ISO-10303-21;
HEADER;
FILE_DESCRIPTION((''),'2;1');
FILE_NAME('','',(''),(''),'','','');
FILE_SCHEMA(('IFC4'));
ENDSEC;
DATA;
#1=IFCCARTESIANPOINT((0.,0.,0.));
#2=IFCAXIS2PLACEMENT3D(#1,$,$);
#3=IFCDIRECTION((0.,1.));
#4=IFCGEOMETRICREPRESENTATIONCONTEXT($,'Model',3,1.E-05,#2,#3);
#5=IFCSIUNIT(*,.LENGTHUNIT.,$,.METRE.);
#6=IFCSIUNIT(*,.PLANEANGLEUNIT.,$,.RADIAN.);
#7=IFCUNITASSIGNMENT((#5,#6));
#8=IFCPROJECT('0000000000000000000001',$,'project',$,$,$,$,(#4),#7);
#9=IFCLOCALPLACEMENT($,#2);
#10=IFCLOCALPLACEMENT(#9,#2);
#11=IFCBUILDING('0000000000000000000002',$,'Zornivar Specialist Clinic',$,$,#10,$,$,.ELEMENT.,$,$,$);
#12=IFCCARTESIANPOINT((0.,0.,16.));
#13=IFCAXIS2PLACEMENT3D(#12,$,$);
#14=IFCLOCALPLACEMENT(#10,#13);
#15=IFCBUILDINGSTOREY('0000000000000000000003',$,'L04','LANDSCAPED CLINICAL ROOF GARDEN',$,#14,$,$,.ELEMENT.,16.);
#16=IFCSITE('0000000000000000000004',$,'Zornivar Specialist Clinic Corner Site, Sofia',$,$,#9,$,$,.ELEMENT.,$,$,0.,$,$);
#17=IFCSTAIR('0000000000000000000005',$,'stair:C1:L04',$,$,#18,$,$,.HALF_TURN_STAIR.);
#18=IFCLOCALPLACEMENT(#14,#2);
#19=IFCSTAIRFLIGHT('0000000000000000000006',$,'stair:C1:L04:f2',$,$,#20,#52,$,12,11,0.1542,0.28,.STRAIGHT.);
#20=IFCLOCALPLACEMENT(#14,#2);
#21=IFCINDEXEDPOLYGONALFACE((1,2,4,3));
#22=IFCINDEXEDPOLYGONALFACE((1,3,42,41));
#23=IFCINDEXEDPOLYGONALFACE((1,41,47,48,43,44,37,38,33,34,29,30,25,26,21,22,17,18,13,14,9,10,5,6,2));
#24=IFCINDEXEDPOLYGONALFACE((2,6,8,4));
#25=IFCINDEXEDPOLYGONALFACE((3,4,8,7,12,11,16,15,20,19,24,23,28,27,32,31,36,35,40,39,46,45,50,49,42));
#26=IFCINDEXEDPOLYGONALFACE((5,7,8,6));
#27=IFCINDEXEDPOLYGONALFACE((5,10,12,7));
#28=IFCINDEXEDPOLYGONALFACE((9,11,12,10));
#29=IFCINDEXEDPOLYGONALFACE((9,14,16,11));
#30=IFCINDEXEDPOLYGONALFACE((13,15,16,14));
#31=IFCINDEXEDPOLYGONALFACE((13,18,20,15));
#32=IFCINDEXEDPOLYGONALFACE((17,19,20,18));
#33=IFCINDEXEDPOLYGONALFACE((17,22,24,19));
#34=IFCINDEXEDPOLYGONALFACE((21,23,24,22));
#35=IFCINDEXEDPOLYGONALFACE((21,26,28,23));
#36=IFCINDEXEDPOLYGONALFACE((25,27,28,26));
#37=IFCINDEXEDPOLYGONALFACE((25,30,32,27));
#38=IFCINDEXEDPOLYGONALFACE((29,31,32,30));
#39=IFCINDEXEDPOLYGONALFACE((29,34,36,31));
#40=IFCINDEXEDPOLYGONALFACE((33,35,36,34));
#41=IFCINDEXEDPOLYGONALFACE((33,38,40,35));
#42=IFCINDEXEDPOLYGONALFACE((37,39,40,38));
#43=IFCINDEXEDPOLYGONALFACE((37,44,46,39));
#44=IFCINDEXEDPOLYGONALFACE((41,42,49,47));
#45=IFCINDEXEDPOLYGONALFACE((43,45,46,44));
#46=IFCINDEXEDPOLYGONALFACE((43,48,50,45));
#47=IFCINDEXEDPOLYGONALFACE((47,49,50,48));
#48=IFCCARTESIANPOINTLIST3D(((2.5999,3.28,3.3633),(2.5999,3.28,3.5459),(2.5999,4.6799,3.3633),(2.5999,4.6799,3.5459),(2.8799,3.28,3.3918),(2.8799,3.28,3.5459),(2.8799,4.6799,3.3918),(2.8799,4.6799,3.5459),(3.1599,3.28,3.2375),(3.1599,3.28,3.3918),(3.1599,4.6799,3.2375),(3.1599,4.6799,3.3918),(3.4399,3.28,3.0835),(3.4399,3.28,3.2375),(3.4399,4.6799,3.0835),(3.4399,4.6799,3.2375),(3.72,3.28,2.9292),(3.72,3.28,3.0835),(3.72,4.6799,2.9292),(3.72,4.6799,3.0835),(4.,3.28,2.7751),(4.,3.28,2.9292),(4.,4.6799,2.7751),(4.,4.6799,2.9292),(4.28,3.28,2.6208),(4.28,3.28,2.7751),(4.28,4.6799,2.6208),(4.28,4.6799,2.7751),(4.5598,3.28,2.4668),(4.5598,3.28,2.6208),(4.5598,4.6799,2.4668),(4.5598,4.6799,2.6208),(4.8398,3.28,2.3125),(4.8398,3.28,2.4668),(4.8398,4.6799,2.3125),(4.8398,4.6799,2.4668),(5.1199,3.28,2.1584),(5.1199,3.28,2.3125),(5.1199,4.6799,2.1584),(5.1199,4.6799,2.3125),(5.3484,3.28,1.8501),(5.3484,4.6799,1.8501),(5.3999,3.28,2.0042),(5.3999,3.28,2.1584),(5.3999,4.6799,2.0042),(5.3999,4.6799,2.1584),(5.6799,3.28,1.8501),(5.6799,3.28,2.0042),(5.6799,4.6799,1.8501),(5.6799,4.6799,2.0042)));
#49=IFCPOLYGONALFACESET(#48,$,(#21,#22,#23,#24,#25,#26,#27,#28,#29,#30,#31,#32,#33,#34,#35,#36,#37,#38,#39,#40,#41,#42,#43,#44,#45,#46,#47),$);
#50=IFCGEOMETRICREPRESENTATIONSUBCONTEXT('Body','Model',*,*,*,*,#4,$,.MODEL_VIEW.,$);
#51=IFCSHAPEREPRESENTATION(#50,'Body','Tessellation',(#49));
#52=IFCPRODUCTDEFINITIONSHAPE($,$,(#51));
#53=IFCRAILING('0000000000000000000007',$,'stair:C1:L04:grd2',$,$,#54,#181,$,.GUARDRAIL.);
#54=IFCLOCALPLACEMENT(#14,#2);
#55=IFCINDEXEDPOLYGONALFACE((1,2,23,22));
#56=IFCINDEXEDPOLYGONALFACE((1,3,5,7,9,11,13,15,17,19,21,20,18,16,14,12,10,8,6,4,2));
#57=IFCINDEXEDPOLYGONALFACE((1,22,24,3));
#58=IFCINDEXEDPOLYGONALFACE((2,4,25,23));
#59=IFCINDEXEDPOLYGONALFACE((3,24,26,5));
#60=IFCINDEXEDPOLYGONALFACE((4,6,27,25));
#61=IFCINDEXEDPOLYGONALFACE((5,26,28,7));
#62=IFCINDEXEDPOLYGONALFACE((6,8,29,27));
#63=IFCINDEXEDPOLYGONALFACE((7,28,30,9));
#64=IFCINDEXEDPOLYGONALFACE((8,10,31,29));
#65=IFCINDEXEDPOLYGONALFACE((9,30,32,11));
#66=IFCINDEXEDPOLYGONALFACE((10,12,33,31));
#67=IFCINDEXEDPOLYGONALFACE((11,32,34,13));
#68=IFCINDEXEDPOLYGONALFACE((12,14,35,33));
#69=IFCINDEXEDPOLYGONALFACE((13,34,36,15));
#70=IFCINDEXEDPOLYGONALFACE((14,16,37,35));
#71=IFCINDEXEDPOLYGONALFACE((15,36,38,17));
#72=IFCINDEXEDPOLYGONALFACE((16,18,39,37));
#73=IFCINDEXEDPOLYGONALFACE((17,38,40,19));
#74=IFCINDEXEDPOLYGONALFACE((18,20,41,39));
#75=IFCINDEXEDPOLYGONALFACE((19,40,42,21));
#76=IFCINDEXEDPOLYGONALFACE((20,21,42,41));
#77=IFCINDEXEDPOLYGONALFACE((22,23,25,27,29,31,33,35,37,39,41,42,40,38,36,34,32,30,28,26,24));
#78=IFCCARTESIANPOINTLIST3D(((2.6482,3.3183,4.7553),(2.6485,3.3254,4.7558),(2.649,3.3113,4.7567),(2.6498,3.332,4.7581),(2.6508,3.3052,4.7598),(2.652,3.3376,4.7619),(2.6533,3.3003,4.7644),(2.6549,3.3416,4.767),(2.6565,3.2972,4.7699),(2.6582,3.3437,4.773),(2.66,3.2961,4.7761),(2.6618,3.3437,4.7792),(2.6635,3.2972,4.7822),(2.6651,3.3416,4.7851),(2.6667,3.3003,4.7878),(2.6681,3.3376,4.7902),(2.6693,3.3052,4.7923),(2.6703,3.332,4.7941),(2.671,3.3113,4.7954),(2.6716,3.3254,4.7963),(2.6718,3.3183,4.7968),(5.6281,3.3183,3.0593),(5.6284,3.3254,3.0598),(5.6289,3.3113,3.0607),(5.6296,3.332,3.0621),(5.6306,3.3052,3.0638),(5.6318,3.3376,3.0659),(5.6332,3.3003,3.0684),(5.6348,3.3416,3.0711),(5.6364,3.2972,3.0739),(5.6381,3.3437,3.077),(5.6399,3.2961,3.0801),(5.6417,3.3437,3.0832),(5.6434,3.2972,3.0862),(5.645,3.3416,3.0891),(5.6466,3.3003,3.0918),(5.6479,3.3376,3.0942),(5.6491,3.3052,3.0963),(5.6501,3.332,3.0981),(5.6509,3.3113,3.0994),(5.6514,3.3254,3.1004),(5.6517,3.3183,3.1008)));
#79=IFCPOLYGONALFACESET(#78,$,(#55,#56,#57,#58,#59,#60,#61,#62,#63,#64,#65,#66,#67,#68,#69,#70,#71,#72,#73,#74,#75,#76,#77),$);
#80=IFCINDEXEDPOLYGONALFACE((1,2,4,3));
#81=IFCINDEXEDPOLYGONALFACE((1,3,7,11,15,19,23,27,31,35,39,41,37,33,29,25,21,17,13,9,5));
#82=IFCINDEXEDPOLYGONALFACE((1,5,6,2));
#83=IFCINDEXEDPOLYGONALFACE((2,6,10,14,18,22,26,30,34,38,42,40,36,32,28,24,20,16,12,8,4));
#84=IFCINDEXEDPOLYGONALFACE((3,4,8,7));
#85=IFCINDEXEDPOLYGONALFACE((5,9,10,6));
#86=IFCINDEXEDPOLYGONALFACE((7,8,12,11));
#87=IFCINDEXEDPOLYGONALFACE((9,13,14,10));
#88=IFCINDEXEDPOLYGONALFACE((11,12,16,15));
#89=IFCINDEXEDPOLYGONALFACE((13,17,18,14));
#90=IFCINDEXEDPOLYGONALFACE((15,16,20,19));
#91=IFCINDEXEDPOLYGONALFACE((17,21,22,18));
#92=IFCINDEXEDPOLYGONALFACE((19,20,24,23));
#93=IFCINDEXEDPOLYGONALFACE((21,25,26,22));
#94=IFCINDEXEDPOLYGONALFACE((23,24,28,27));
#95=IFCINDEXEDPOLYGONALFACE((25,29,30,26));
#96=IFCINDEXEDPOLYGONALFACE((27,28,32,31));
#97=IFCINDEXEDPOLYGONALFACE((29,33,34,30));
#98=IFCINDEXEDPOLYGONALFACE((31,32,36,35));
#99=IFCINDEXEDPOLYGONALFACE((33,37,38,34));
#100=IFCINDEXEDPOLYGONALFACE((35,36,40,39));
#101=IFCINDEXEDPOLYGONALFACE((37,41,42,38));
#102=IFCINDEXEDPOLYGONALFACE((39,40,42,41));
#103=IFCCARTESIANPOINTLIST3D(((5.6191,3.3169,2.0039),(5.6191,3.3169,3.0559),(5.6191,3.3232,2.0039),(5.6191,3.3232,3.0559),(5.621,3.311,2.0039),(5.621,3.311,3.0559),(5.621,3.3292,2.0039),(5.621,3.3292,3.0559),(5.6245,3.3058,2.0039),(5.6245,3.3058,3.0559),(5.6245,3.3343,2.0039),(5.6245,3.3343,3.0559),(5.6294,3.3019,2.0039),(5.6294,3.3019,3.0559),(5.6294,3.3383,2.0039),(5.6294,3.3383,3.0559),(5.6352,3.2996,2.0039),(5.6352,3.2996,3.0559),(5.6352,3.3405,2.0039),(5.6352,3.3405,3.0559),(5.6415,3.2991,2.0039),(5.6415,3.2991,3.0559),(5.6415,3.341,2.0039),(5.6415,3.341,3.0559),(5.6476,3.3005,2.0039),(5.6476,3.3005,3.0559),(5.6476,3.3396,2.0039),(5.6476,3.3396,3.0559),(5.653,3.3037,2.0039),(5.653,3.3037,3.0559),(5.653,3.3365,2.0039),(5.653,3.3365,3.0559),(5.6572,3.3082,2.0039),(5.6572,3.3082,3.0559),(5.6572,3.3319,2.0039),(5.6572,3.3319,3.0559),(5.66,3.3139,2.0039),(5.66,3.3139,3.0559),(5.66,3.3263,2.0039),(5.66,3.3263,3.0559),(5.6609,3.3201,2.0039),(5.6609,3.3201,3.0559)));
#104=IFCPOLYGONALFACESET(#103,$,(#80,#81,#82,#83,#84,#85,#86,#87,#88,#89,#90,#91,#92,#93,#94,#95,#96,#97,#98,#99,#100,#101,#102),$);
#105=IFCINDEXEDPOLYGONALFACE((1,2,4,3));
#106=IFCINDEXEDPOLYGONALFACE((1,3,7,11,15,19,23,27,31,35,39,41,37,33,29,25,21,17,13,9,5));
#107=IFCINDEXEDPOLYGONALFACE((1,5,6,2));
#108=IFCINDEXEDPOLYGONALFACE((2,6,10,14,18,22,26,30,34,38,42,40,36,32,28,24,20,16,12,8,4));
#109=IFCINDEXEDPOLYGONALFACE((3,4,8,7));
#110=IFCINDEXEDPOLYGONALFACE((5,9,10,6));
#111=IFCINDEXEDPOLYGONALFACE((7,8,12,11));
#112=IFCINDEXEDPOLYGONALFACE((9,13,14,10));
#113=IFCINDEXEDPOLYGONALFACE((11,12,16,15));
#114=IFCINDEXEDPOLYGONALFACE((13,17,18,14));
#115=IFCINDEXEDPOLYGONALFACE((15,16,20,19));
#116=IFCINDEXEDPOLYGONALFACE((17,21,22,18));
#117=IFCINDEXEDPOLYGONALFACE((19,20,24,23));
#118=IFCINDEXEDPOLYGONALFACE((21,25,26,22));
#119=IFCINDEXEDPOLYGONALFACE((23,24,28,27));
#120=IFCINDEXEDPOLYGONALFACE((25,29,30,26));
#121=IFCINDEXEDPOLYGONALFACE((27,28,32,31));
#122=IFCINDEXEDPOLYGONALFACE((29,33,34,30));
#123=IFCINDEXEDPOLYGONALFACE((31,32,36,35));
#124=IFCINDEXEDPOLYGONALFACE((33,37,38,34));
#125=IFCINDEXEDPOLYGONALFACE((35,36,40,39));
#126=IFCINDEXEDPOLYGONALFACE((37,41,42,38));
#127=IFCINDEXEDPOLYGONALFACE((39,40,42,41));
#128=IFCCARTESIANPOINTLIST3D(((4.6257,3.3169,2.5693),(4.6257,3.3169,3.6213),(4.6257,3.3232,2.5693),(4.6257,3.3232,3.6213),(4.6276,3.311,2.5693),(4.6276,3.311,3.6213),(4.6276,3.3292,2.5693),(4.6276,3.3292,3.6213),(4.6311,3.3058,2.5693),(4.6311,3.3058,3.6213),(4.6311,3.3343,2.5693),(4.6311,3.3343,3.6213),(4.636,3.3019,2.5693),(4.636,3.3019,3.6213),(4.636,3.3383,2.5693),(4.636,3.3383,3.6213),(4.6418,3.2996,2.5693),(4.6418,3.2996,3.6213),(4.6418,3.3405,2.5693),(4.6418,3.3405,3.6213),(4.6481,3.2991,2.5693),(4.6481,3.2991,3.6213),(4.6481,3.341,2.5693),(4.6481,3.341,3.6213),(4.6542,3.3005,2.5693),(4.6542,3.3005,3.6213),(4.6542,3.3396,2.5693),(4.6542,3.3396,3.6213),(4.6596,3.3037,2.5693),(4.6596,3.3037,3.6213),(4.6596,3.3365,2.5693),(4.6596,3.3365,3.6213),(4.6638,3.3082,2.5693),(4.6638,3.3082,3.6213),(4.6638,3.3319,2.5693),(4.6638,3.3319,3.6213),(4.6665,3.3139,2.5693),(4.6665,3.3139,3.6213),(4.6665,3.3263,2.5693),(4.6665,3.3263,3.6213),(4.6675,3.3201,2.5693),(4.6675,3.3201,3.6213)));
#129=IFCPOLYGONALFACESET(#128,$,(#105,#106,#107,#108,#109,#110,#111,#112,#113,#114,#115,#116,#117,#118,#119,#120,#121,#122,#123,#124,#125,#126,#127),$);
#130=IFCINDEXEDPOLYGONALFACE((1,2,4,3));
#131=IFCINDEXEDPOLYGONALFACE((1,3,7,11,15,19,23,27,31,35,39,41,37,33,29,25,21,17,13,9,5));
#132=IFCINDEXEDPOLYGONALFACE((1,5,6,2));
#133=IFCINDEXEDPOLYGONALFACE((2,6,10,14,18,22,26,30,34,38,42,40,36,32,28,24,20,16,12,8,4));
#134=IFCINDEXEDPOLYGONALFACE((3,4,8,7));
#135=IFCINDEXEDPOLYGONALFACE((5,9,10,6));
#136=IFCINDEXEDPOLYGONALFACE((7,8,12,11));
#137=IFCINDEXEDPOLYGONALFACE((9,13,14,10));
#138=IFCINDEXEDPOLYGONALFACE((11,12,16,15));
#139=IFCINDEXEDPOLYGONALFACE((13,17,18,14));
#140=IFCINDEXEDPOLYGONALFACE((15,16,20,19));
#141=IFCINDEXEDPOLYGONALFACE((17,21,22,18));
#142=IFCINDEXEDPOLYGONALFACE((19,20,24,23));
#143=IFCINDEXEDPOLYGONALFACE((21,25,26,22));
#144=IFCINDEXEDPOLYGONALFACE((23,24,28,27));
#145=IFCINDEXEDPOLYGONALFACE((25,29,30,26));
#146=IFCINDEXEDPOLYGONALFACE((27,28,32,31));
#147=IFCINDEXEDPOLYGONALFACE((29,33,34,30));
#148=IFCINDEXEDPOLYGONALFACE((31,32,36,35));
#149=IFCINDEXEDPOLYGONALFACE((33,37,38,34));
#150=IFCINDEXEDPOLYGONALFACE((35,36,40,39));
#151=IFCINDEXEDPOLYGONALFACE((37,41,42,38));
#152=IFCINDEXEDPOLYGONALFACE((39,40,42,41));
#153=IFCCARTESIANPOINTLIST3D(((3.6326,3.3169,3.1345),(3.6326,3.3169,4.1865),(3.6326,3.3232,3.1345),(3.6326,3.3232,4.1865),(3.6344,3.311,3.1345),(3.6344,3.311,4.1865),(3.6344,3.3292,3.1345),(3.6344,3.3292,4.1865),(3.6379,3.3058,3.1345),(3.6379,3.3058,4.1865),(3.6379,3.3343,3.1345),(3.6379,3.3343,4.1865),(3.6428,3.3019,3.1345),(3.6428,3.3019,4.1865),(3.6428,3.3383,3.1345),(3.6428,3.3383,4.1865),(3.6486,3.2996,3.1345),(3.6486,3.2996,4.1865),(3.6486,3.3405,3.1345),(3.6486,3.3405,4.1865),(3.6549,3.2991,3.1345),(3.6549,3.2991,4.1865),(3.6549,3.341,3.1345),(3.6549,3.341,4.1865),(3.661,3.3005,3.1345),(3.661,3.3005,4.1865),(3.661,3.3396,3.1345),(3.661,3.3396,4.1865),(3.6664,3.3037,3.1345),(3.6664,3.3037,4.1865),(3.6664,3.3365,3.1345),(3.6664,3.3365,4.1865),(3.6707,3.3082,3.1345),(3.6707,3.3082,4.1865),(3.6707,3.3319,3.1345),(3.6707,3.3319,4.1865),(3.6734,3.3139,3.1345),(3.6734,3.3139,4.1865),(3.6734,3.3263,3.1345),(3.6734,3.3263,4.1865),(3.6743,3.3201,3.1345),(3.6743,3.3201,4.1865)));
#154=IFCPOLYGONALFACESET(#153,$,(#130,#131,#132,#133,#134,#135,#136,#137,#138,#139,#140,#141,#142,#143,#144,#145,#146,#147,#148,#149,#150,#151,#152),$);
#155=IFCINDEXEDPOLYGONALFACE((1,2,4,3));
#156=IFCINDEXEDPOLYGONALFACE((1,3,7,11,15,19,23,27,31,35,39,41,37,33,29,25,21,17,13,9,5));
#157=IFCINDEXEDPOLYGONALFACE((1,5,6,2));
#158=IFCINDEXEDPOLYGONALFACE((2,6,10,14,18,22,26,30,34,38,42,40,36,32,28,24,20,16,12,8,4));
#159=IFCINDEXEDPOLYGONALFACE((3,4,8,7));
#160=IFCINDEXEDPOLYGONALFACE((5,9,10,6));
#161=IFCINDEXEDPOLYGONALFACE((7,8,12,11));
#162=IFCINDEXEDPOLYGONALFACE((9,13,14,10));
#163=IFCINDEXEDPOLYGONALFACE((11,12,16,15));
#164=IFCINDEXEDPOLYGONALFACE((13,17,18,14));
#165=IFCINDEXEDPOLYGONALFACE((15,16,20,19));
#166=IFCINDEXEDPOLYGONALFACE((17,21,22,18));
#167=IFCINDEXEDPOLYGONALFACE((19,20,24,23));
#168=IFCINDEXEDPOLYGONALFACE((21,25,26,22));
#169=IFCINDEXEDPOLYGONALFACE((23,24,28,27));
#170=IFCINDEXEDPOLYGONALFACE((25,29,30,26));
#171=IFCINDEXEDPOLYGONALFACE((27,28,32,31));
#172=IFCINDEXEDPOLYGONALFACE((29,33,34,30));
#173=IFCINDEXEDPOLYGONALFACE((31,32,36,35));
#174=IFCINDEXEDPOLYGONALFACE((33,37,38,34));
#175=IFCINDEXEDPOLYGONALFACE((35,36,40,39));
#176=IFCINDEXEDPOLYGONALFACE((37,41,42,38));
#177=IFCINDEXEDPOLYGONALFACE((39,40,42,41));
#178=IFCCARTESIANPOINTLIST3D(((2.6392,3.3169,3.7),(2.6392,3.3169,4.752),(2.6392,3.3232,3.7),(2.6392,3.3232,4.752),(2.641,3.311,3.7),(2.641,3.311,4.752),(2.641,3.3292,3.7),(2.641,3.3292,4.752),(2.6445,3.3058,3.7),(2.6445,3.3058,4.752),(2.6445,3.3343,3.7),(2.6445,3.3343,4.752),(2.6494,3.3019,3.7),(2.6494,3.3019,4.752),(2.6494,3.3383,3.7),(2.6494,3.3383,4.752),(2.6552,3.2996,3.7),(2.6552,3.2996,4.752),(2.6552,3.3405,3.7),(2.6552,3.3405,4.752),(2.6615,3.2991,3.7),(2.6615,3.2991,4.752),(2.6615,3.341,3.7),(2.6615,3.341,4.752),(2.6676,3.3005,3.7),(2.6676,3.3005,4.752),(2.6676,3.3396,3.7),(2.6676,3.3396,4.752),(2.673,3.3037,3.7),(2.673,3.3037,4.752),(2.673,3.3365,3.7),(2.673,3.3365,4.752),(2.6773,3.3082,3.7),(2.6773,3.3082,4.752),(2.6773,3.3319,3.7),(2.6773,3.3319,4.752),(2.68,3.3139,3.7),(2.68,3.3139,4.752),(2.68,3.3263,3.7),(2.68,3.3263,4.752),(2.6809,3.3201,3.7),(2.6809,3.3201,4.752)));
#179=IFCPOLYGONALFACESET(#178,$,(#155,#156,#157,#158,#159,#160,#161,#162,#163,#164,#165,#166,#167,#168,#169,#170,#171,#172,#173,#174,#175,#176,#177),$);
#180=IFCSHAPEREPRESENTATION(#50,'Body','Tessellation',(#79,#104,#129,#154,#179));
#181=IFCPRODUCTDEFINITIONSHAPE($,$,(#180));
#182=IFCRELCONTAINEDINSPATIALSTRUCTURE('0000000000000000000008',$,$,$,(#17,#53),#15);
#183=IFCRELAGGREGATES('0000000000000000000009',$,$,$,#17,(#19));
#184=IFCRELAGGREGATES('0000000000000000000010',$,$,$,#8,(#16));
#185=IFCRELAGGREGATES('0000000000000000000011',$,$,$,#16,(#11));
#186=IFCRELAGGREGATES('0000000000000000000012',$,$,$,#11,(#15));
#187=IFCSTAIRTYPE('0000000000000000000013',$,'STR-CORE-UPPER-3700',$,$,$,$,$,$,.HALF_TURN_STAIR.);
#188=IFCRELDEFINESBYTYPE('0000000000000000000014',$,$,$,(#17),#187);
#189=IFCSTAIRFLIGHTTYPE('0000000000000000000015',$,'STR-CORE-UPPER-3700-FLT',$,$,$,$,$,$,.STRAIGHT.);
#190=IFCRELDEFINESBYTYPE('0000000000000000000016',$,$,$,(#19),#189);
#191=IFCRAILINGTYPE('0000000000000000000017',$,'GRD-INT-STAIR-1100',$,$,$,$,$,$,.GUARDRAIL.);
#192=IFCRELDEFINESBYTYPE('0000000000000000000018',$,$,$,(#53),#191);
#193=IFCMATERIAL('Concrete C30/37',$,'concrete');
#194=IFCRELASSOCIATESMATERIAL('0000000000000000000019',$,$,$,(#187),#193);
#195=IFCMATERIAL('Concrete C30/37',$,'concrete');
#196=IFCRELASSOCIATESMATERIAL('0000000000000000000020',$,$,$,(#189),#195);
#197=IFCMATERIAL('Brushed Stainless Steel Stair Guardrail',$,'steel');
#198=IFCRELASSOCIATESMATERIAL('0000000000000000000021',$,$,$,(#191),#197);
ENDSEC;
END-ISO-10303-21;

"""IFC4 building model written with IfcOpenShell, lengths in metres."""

from ifc_helpers import new_model, si_unit, direction, frame, origin, origin_2d, place, context, subcontext, project, spatial, polyline, circle, outline, extrude, material, type_object, element, aggregate, save


model = new_model("IFC4")

# Units and contexts
model_context = context("Model", 3, precision=1e-05, world=origin(), true_north=direction((0.0, 1.0)))
body_context = subcontext(model_context, "Body", "Model", "MODEL_VIEW")
ifc_project = project(units=[si_unit("LENGTHUNIT", "METRE"), si_unit("PLANEANGLEUNIT", "RADIAN")], contexts=[model_context])

# Site, building, storey
site_placement = place(None, origin())
site = spatial("IfcSite", under=ifc_project, at=site_placement, Name="Zornivar Specialist Clinic Corner Site, Sofia", CompositionType="ELEMENT", RefElevation=0.0)
building_placement = place(site_placement, origin())
building = spatial("IfcBuilding", under=site, at=building_placement, Name="Zornivar Specialist Clinic", CompositionType="ELEMENT")
storey_placement = place(building_placement, frame((0.0, 0.0, 16.0)))
storey = spatial("IfcBuildingStorey", under=building, at=storey_placement, Name="L04", Description="LANDSCAPED CLINICAL ROOF GARDEN", CompositionType="ELEMENT", Elevation=16.0)

# Stair, stair flight
ifc_material_1 = material(Name="Concrete C30/37", Category="concrete")
stair_type = type_object("IfcStairType", Name="STR-CORE-UPPER-3700", PredefinedType="HALF_TURN_STAIR", material=ifc_material_1)
stair_placement = place(storey_placement, origin())
stair = element("IfcStair", 1, at=stair_placement, inside=storey, type_object=stair_type, Name="stair:C1:L04", PredefinedType="HALF_TURN_STAIR")
ifc_material_2 = material(Name="Concrete C30/37", Category="concrete")
stair_flight_type = type_object("IfcStairFlightType", Name="STR-CORE-UPPER-3700-FLT", PredefinedType="STRAIGHT", material=ifc_material_2)
stair_flight_placement = place(storey_placement, frame((5.6799, 3.98, 1.8501), z_axis=(0.0, 0.0, 1.0), x_axis=(-1.0, 0.0, 0.0)))
stair_flight = element("IfcStairFlight", 2, at=stair_flight_placement, type_object=stair_flight_type, Name="stair:C1:L04:f2", NumberOfRisers=12, NumberOfTreads=11, PredefinedType="STRAIGHT", RiserHeight=0.1542, TreadLength=0.28, context=body_context, shape_type="SweptSolid", body=[
    extrude(outline(polyline([(0.0, 0.0), (0.0, 0.1541), (0.28, 0.1541), (0.28, 0.3083), (0.5601, 0.3083), (0.5601, 0.4624), (0.8401, 0.4624), (0.8401, 0.6167), (1.1201, 0.6167), (1.1201, 0.7708), (1.3999, 0.7708), (1.3999, 0.925), (1.6799, 0.925), (1.6799, 1.0791), (1.96, 1.0791), (1.96, 1.2334), (2.24, 1.2334), (2.24, 1.3875), (2.52, 1.3875), (2.52, 1.5417), (2.8, 1.5417), (2.8, 1.6958), (3.0801, 1.6958), (3.0801, 1.8501), (3.0801, 1.5132), (0.3315, 0.0), (0.0, 0.0)])), frame((0.0, 0.7, 0.0), z_axis=(0.0, -1.0, 0.0), x_axis=(1.0, 0.0, 0.0)), (0.0, 0.0, 1.0), 1.3999),
])
aggregate(stair, [stair_flight])

# Railing
ifc_material_3 = material(Name="Brushed Stainless Steel Stair Guardrail", Category="steel")
railing_type_1 = type_object("IfcRailingType", Name="GRD-INT-STAIR-1100", PredefinedType="GUARDRAIL", material=ifc_material_3)
railing_1_placement = place(storey_placement, frame((5.6399, 3.3201, 2.0039)))
element("IfcRailing", 3, at=railing_1_placement, inside=storey, type_object=railing_type_1, Name="stair:C1:L04:grd2", PredefinedType="GUARDRAIL", context=body_context, shape_type="SweptSolid", body=[
    extrude(circle(Radius=0.0239, at=origin_2d()), frame((0.0, 0.0, 1.0762), z_axis=(-0.869096, 0.0, 0.494643), x_axis=(0.0, -1.0, 0.0)), (0.0, 0.0, 1.0), 3.4287),
    extrude(circle(Radius=0.021, at=origin_2d()), origin(), (0.0, 0.0, 1.0), 1.052),
    extrude(circle(Radius=0.021, at=origin_2d()), frame((-0.9934, 0.0, 0.5654)), (0.0, 0.0, 1.0), 1.052),
    extrude(circle(Radius=0.021, at=origin_2d()), frame((-1.9866, 0.0, 1.1306)), (0.0, 0.0, 1.0), 1.052),
    extrude(circle(Radius=0.021, at=origin_2d()), frame((-2.98, 0.0, 1.696)), (0.0, 0.0, 1.0), 1.052),
])

save(model, "model.ifc")
